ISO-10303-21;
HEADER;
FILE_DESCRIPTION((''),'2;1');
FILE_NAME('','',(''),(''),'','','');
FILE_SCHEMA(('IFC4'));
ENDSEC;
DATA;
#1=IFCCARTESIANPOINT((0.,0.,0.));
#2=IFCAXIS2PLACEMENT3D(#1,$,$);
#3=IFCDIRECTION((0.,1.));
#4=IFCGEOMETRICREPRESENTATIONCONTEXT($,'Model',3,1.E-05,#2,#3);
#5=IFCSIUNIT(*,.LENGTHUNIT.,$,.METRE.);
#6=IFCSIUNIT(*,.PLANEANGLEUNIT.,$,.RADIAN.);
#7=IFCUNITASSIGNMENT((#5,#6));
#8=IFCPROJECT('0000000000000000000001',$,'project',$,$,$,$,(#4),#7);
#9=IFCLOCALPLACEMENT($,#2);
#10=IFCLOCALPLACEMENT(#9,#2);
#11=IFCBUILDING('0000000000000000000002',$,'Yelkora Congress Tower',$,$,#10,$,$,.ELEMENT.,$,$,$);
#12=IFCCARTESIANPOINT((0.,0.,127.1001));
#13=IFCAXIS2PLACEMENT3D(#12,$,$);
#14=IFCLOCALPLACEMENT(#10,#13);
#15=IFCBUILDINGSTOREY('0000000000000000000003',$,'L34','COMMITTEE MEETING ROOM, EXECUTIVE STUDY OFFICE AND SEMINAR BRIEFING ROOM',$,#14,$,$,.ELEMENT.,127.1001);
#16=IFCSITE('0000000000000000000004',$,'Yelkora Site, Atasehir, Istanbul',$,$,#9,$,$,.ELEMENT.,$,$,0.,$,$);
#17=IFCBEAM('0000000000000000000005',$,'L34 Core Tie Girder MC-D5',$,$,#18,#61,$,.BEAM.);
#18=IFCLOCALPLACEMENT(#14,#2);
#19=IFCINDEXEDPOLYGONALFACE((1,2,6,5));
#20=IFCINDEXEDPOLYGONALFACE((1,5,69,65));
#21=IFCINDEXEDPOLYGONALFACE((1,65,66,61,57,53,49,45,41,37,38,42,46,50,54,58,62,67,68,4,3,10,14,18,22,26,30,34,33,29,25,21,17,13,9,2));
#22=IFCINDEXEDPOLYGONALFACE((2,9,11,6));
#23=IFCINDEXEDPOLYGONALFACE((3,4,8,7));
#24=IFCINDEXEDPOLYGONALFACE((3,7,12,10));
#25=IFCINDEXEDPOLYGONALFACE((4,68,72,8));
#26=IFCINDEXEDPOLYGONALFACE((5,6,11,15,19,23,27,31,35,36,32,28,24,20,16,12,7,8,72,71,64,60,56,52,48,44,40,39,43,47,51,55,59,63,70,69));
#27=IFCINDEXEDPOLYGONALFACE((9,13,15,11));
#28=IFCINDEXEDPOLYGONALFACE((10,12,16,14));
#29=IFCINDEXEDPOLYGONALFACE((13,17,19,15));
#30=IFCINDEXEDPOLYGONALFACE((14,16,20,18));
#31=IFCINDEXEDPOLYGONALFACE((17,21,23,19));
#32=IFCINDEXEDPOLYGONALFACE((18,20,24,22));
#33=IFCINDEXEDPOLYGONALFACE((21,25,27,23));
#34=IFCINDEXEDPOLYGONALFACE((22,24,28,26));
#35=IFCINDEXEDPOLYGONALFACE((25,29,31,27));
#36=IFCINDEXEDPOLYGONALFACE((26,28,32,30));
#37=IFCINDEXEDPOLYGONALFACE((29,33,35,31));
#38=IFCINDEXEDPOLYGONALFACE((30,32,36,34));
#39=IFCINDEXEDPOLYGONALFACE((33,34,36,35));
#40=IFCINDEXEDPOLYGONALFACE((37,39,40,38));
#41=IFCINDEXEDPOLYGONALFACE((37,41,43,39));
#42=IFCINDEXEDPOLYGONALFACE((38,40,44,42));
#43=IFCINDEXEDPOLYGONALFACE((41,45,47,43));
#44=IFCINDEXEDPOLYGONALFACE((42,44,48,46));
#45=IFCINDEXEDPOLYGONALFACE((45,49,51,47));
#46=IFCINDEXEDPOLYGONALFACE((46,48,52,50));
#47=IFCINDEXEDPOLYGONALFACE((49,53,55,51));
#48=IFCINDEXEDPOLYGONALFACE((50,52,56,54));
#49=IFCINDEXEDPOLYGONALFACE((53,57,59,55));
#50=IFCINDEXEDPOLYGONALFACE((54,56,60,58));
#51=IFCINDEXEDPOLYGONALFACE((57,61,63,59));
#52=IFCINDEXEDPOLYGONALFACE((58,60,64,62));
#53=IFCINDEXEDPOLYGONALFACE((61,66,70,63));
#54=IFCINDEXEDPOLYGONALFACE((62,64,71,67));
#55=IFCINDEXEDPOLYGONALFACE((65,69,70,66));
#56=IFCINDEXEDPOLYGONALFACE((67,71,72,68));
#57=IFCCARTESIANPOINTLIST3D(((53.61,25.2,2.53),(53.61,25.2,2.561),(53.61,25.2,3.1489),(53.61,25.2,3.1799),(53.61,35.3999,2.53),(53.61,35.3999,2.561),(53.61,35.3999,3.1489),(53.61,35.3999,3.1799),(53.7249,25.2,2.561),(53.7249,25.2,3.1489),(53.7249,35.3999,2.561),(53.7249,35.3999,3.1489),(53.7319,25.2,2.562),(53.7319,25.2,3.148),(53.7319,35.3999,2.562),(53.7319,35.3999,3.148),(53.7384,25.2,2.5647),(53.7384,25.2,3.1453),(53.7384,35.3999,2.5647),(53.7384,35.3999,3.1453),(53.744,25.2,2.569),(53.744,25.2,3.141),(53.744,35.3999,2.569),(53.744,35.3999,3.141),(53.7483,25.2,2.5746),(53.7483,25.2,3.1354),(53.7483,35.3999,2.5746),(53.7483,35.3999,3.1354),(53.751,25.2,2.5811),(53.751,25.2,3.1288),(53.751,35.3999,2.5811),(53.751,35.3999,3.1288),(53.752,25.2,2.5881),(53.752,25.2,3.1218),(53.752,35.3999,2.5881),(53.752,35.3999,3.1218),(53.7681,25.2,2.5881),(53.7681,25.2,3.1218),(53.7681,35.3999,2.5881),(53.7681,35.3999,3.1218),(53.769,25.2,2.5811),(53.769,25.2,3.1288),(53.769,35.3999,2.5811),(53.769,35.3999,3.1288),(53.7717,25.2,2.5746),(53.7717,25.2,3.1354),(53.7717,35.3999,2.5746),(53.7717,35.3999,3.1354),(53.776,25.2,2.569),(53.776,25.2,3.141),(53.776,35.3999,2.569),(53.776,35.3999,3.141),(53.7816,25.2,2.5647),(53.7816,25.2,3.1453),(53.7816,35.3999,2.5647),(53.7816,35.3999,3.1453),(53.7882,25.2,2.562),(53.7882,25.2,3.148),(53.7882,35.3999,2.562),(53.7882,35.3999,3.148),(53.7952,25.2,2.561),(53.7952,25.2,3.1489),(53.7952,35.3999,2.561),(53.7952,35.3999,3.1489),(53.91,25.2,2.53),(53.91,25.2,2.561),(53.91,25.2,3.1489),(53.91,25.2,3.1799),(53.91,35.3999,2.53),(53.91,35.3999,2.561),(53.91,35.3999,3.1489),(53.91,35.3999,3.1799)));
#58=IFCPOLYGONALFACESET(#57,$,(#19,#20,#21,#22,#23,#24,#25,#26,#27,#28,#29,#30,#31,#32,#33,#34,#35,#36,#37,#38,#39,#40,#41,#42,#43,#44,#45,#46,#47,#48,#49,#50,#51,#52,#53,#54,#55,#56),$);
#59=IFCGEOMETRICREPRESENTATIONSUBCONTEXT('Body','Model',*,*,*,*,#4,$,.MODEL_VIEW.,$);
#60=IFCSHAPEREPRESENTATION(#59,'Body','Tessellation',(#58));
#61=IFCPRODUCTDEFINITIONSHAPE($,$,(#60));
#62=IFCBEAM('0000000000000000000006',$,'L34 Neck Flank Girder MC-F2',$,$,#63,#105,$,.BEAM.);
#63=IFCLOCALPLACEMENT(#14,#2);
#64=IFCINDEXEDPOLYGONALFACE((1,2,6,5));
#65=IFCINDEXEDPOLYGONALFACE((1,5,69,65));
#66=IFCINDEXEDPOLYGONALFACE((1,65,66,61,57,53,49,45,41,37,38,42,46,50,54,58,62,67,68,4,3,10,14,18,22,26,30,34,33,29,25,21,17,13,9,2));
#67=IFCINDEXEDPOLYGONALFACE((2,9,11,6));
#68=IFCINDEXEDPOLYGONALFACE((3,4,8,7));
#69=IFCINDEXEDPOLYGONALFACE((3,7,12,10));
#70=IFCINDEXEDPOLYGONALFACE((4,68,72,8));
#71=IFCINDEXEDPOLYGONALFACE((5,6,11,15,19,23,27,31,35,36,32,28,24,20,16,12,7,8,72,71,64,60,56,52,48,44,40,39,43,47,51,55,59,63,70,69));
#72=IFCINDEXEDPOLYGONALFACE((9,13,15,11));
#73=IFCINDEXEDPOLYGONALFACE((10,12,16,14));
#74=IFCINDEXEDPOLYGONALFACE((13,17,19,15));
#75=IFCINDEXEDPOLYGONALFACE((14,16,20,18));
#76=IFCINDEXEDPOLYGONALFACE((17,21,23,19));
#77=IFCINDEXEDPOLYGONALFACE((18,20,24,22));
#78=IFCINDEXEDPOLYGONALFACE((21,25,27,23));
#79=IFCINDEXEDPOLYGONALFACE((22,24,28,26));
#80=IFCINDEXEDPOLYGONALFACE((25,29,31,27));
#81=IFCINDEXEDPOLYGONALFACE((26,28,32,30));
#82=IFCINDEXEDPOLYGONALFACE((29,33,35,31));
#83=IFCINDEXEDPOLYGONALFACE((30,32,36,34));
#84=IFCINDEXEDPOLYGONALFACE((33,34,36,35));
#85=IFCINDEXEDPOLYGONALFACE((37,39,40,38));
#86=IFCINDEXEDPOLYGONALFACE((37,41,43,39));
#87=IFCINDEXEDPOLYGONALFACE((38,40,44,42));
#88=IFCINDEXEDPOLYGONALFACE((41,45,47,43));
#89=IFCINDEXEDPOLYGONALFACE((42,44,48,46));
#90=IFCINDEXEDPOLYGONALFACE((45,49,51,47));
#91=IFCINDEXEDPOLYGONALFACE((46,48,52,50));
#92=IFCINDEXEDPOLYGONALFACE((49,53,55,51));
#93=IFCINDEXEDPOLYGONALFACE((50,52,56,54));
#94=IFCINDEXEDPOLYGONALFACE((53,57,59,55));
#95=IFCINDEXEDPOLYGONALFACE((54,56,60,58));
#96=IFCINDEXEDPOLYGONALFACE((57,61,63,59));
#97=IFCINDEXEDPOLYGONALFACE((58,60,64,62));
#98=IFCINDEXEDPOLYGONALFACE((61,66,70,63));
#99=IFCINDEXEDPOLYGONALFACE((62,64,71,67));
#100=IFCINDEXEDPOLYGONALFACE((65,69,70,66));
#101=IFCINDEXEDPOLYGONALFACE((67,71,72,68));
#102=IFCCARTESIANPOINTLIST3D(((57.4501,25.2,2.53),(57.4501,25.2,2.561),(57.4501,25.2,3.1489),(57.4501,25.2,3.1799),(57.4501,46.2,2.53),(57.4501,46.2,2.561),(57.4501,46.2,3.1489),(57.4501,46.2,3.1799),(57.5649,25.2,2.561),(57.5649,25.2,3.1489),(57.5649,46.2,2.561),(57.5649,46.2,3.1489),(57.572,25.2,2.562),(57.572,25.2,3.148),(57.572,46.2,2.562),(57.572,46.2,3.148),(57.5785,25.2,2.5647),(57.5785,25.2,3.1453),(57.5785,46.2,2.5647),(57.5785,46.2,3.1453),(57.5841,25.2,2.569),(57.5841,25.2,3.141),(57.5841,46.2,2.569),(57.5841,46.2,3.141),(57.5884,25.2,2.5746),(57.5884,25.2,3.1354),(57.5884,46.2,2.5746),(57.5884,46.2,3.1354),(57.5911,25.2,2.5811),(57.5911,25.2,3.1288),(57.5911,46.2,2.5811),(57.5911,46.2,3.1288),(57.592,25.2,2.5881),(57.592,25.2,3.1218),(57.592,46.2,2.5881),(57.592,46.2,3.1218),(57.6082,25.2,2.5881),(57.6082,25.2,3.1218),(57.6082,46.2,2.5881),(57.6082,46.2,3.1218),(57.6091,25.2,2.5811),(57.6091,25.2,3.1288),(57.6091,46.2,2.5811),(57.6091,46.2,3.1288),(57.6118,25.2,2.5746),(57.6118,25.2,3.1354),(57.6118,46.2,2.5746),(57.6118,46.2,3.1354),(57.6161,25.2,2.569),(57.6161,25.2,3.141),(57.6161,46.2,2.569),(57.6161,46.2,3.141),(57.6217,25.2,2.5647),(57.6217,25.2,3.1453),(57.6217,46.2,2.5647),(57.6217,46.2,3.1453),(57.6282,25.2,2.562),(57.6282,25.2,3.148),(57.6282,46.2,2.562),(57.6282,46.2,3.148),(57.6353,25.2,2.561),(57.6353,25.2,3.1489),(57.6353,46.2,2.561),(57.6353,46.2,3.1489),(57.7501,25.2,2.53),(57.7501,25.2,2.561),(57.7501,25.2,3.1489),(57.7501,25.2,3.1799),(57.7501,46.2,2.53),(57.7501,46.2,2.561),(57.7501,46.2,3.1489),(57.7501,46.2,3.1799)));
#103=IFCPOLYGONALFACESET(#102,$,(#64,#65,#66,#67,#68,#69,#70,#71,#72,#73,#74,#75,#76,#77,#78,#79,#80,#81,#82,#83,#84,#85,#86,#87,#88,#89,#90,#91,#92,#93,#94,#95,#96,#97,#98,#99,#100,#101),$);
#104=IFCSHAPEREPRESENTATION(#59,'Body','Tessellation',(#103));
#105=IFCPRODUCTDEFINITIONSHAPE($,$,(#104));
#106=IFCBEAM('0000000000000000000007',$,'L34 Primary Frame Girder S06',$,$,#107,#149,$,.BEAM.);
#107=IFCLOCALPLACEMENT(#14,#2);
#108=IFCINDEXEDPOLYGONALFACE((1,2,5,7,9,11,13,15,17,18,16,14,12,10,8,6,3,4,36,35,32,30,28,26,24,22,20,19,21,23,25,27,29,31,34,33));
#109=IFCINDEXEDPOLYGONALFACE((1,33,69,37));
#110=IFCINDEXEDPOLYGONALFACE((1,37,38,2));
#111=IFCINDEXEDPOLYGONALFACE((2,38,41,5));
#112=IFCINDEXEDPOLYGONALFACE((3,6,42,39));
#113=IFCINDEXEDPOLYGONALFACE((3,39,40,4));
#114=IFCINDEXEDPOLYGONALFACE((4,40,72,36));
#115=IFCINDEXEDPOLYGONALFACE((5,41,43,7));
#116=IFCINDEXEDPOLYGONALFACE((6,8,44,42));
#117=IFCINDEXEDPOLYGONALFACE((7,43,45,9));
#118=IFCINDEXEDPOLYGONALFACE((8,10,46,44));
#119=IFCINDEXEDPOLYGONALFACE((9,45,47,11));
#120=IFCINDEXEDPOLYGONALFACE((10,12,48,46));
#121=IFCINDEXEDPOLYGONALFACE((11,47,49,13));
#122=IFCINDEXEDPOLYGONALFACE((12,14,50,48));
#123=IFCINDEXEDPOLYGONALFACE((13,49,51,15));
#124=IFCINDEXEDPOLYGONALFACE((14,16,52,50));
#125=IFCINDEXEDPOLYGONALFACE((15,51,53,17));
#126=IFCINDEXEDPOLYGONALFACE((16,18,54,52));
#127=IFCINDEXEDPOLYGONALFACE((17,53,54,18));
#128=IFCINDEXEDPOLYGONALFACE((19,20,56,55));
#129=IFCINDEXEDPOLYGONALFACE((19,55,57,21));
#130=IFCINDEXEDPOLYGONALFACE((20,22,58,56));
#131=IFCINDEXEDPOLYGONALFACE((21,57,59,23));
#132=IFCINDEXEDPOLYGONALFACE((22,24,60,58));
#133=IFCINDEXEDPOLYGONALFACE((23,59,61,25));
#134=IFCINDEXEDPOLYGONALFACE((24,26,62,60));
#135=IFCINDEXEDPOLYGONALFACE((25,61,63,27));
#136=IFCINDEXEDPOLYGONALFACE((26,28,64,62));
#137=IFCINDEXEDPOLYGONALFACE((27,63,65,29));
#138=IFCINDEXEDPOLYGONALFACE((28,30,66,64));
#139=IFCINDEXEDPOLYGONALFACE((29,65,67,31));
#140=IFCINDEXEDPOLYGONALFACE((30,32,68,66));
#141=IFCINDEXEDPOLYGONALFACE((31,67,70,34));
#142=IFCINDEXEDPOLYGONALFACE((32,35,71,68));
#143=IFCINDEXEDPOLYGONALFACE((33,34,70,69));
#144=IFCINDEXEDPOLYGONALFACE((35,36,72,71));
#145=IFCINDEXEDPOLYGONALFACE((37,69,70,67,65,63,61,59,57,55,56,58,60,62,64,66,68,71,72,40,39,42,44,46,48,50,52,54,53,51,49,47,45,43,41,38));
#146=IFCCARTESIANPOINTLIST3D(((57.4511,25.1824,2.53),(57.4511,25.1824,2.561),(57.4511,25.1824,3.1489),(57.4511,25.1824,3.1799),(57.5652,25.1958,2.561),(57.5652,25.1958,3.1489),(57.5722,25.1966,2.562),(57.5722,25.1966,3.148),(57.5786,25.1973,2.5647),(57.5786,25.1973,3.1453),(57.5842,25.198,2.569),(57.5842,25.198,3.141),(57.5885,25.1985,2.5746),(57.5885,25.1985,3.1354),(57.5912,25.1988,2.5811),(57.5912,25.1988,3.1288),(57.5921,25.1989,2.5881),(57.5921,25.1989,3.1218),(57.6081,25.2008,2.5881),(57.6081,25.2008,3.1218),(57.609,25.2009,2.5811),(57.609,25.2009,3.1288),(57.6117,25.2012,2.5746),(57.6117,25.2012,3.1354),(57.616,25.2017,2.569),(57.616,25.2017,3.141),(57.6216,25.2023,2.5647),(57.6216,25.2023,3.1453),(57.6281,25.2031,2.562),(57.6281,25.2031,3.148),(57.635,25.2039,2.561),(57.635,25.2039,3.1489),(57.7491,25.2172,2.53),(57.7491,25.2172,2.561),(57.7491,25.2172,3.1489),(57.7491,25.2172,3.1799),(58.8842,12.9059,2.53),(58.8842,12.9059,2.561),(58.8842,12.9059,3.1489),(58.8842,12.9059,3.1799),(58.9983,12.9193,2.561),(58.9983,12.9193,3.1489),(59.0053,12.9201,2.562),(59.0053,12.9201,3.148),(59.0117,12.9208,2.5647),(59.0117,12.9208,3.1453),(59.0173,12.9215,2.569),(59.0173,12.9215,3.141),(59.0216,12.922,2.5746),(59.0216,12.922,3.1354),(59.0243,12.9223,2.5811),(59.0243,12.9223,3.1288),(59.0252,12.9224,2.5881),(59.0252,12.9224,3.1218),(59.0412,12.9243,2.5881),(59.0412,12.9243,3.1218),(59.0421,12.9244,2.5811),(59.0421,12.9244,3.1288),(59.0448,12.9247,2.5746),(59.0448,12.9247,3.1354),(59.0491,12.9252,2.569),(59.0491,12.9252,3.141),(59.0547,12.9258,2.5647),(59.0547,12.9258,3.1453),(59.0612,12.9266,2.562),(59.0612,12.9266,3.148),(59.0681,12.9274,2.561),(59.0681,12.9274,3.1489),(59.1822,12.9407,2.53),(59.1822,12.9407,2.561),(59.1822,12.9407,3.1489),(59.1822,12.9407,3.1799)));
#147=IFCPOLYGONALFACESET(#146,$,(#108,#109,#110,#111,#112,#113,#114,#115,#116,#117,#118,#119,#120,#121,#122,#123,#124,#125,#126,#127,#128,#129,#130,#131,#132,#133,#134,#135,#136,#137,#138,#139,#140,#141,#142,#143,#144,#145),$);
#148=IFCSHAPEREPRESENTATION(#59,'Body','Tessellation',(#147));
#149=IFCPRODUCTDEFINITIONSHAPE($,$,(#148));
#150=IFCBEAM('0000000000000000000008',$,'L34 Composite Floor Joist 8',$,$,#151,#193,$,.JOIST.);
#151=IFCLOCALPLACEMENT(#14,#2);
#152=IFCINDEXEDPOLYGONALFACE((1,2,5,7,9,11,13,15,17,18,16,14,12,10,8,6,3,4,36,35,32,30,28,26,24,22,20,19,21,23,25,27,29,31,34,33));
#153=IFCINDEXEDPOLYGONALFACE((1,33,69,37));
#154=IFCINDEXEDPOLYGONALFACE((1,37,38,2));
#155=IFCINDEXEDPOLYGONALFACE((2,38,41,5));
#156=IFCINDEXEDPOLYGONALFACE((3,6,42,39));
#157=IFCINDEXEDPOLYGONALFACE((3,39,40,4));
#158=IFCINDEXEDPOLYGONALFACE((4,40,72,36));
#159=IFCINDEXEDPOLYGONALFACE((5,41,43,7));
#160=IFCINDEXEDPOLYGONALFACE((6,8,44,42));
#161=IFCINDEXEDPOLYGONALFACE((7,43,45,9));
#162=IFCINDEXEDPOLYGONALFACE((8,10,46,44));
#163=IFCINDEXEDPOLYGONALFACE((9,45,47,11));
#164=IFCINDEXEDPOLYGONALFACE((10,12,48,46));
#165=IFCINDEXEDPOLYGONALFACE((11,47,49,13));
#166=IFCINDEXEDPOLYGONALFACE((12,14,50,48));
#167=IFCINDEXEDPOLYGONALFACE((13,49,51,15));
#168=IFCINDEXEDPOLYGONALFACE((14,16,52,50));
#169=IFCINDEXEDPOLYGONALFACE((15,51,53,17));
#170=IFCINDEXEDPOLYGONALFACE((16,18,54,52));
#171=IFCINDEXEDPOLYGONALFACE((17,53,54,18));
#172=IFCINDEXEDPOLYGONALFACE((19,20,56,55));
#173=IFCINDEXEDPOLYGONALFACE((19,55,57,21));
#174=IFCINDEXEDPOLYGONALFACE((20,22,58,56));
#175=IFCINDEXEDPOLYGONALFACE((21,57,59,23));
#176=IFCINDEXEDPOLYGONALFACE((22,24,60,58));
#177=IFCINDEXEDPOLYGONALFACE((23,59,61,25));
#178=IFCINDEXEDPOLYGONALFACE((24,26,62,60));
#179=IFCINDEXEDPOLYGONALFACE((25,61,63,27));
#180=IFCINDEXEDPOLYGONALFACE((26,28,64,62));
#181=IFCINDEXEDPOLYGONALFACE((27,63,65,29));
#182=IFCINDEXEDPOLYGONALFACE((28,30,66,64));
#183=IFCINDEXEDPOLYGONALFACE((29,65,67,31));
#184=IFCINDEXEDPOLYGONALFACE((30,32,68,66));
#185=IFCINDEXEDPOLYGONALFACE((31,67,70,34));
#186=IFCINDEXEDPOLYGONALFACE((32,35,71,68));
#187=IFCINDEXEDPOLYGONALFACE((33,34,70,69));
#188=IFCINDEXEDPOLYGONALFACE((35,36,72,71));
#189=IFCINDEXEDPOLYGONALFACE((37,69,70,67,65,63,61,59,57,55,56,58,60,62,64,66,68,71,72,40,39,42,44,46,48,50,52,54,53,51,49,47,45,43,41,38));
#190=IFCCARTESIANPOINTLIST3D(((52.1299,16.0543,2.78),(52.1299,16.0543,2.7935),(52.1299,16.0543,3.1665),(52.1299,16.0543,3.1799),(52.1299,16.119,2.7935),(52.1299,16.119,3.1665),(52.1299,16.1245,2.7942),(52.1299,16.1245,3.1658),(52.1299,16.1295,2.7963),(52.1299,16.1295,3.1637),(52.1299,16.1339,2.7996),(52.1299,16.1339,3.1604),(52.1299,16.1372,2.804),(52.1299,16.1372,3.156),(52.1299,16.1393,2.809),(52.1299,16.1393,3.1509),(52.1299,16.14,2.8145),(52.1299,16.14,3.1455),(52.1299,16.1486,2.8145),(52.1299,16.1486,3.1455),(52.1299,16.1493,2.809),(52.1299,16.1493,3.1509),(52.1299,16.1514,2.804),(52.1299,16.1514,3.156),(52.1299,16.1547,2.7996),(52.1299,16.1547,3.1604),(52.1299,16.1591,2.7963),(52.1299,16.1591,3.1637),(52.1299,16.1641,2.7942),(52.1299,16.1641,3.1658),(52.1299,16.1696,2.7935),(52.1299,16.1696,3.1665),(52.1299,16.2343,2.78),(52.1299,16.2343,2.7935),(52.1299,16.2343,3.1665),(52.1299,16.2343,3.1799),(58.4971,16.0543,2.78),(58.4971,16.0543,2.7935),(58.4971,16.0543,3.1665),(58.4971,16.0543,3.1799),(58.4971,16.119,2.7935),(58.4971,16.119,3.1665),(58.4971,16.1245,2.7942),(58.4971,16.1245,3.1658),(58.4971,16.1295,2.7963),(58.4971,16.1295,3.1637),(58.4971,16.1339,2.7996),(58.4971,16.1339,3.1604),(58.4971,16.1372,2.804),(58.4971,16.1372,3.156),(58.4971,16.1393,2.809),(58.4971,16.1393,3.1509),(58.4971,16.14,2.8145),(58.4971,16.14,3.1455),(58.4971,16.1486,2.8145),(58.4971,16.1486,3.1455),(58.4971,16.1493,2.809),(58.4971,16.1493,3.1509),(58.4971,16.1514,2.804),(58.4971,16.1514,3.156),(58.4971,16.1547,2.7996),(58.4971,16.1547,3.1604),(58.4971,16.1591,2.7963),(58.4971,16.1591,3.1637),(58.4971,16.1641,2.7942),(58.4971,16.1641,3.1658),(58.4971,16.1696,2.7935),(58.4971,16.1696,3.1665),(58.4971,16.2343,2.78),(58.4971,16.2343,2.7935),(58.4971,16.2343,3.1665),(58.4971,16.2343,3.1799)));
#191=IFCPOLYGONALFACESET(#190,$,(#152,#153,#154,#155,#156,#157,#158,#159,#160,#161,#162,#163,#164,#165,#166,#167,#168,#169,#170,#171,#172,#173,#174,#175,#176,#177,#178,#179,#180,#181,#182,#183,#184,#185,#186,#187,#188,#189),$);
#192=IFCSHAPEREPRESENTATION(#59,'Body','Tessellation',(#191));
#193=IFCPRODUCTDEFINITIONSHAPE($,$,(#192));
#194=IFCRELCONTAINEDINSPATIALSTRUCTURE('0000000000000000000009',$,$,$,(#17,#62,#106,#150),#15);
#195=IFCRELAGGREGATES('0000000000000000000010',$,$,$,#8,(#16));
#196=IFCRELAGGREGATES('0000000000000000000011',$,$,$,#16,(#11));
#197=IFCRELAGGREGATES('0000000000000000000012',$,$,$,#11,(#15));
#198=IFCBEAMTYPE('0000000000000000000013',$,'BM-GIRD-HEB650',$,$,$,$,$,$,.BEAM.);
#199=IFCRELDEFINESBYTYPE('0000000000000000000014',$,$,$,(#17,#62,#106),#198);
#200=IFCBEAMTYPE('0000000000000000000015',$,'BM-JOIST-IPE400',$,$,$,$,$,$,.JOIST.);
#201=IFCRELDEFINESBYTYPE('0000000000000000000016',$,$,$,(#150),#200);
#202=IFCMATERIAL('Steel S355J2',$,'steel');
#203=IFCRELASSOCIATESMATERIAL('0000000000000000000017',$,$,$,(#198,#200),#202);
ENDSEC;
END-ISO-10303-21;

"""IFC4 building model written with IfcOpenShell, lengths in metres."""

from ifc_helpers import new_model, si_unit, direction, frame, origin, origin_2d, place, context, subcontext, project, spatial, i_section, extrude, material, material_profile, profile_set, type_object, element, save


model = new_model("IFC4")

# Units and contexts
model_context = context("Model", 3, precision=1e-05, world=origin(), true_north=direction((0.0, 1.0)))
body_context = subcontext(model_context, "Body", "Model", "MODEL_VIEW")
ifc_project = project(units=[si_unit("LENGTHUNIT", "METRE"), si_unit("PLANEANGLEUNIT", "RADIAN")], contexts=[model_context])

# Site, building, storey
site_placement = place(None, origin())
site = spatial("IfcSite", under=ifc_project, at=site_placement, Name="Yelkora Site, Atasehir, Istanbul", CompositionType="ELEMENT", RefElevation=0.0)
building_placement = place(site_placement, origin())
building = spatial("IfcBuilding", under=site, at=building_placement, Name="Yelkora Congress Tower", CompositionType="ELEMENT")
storey_placement = place(building_placement, frame((0.0, 0.0, 127.1001)))
storey = spatial("IfcBuildingStorey", under=building, at=storey_placement, Name="L34", Description="COMMITTEE MEETING ROOM, EXECUTIVE STUDY OFFICE AND SEMINAR BRIEFING ROOM", CompositionType="ELEMENT", Elevation=127.1001)

# Beams
ifc_material_1 = material(Name="Steel S355J2", Category="steel")
ifc_material_profile_1 = material_profile(ifc_material_1, i_section(OverallWidth=0.3, OverallDepth=0.6499, WebThickness=0.0161, FlangeThickness=0.031, FilletRadius=0.0271, at=origin_2d()), Name="HEB 650")
ifc_profile_set_1 = profile_set([ifc_material_profile_1], Name="Steel S355J2")
beam_type_1 = type_object("IfcBeamType", Name="BM-GIRD-HEB650", PredefinedType="BEAM", material=ifc_profile_set_1)
beam_1_placement = place(storey_placement, frame((53.76, 25.2, 2.855), z_axis=(0.0, 1.0, 0.0), x_axis=(-1.0, 0.0, 0.0)))
element("IfcBeam", 1, at=beam_1_placement, inside=storey, type_object=beam_type_1, Name="L34 Core Tie Girder MC-D5", PredefinedType="BEAM", context=body_context, shape_type="SweptSolid", body=[
    extrude(i_section(OverallWidth=0.3, OverallDepth=0.6499, WebThickness=0.0161, FlangeThickness=0.031, FilletRadius=0.0271, at=origin_2d()), origin(), (0.0, 0.0, 1.0), 10.2),
])
beam_2_placement = place(storey_placement, frame((57.6001, 25.2, 2.855), z_axis=(0.0, 1.0, 0.0), x_axis=(-1.0, 0.0, 0.0)))
element("IfcBeam", 2, at=beam_2_placement, inside=storey, type_object=beam_type_1, Name="L34 Neck Flank Girder MC-F2", PredefinedType="BEAM", context=body_context, shape_type="SweptSolid", body=[
    extrude(i_section(OverallWidth=0.3, OverallDepth=0.6499, WebThickness=0.0161, FlangeThickness=0.031, FilletRadius=0.0271, at=origin_2d()), origin(), (0.0, 0.0, 1.0), 21.0),
])
beam_3_placement = place(storey_placement, frame((59.0332, 12.9233, 2.855), z_axis=(-0.115947, 0.993255, 0.0), x_axis=(-0.993255, -0.115947, 0.0)))
element("IfcBeam", 3, at=beam_3_placement, inside=storey, type_object=beam_type_1, Name="L34 Primary Frame Girder S06", PredefinedType="BEAM", context=body_context, shape_type="SweptSolid", body=[
    extrude(i_section(OverallWidth=0.3, OverallDepth=0.6499, WebThickness=0.0161, FlangeThickness=0.031, FilletRadius=0.0271, at=origin_2d()), origin(), (0.0, 0.0, 1.0), 12.3599),
])
ifc_material_profile_2 = material_profile(ifc_material_1, i_section(OverallWidth=0.1799, OverallDepth=0.3999, WebThickness=0.0085, FlangeThickness=0.0134, FilletRadius=0.021, at=origin_2d()), Name="IPE 400")
ifc_profile_set_2 = profile_set([ifc_material_profile_2], Name="Steel S355J2")
beam_type_2 = type_object("IfcBeamType", Name="BM-JOIST-IPE400", PredefinedType="JOIST", material=ifc_profile_set_2)
beam_4_placement = place(storey_placement, frame((52.1299, 16.1443, 2.98), z_axis=(1.0, 0.0, 0.0), x_axis=(0.0, 1.0, 0.0)))
element("IfcBeam", 4, at=beam_4_placement, inside=storey, type_object=beam_type_2, Name="L34 Composite Floor Joist 8", PredefinedType="JOIST", context=body_context, shape_type="SweptSolid", body=[
    extrude(i_section(OverallWidth=0.1799, OverallDepth=0.3999, WebThickness=0.0085, FlangeThickness=0.0134, FilletRadius=0.021, at=origin_2d()), origin(), (0.0, 0.0, 1.0), 6.3672),
])

save(model, "model.ifc")
